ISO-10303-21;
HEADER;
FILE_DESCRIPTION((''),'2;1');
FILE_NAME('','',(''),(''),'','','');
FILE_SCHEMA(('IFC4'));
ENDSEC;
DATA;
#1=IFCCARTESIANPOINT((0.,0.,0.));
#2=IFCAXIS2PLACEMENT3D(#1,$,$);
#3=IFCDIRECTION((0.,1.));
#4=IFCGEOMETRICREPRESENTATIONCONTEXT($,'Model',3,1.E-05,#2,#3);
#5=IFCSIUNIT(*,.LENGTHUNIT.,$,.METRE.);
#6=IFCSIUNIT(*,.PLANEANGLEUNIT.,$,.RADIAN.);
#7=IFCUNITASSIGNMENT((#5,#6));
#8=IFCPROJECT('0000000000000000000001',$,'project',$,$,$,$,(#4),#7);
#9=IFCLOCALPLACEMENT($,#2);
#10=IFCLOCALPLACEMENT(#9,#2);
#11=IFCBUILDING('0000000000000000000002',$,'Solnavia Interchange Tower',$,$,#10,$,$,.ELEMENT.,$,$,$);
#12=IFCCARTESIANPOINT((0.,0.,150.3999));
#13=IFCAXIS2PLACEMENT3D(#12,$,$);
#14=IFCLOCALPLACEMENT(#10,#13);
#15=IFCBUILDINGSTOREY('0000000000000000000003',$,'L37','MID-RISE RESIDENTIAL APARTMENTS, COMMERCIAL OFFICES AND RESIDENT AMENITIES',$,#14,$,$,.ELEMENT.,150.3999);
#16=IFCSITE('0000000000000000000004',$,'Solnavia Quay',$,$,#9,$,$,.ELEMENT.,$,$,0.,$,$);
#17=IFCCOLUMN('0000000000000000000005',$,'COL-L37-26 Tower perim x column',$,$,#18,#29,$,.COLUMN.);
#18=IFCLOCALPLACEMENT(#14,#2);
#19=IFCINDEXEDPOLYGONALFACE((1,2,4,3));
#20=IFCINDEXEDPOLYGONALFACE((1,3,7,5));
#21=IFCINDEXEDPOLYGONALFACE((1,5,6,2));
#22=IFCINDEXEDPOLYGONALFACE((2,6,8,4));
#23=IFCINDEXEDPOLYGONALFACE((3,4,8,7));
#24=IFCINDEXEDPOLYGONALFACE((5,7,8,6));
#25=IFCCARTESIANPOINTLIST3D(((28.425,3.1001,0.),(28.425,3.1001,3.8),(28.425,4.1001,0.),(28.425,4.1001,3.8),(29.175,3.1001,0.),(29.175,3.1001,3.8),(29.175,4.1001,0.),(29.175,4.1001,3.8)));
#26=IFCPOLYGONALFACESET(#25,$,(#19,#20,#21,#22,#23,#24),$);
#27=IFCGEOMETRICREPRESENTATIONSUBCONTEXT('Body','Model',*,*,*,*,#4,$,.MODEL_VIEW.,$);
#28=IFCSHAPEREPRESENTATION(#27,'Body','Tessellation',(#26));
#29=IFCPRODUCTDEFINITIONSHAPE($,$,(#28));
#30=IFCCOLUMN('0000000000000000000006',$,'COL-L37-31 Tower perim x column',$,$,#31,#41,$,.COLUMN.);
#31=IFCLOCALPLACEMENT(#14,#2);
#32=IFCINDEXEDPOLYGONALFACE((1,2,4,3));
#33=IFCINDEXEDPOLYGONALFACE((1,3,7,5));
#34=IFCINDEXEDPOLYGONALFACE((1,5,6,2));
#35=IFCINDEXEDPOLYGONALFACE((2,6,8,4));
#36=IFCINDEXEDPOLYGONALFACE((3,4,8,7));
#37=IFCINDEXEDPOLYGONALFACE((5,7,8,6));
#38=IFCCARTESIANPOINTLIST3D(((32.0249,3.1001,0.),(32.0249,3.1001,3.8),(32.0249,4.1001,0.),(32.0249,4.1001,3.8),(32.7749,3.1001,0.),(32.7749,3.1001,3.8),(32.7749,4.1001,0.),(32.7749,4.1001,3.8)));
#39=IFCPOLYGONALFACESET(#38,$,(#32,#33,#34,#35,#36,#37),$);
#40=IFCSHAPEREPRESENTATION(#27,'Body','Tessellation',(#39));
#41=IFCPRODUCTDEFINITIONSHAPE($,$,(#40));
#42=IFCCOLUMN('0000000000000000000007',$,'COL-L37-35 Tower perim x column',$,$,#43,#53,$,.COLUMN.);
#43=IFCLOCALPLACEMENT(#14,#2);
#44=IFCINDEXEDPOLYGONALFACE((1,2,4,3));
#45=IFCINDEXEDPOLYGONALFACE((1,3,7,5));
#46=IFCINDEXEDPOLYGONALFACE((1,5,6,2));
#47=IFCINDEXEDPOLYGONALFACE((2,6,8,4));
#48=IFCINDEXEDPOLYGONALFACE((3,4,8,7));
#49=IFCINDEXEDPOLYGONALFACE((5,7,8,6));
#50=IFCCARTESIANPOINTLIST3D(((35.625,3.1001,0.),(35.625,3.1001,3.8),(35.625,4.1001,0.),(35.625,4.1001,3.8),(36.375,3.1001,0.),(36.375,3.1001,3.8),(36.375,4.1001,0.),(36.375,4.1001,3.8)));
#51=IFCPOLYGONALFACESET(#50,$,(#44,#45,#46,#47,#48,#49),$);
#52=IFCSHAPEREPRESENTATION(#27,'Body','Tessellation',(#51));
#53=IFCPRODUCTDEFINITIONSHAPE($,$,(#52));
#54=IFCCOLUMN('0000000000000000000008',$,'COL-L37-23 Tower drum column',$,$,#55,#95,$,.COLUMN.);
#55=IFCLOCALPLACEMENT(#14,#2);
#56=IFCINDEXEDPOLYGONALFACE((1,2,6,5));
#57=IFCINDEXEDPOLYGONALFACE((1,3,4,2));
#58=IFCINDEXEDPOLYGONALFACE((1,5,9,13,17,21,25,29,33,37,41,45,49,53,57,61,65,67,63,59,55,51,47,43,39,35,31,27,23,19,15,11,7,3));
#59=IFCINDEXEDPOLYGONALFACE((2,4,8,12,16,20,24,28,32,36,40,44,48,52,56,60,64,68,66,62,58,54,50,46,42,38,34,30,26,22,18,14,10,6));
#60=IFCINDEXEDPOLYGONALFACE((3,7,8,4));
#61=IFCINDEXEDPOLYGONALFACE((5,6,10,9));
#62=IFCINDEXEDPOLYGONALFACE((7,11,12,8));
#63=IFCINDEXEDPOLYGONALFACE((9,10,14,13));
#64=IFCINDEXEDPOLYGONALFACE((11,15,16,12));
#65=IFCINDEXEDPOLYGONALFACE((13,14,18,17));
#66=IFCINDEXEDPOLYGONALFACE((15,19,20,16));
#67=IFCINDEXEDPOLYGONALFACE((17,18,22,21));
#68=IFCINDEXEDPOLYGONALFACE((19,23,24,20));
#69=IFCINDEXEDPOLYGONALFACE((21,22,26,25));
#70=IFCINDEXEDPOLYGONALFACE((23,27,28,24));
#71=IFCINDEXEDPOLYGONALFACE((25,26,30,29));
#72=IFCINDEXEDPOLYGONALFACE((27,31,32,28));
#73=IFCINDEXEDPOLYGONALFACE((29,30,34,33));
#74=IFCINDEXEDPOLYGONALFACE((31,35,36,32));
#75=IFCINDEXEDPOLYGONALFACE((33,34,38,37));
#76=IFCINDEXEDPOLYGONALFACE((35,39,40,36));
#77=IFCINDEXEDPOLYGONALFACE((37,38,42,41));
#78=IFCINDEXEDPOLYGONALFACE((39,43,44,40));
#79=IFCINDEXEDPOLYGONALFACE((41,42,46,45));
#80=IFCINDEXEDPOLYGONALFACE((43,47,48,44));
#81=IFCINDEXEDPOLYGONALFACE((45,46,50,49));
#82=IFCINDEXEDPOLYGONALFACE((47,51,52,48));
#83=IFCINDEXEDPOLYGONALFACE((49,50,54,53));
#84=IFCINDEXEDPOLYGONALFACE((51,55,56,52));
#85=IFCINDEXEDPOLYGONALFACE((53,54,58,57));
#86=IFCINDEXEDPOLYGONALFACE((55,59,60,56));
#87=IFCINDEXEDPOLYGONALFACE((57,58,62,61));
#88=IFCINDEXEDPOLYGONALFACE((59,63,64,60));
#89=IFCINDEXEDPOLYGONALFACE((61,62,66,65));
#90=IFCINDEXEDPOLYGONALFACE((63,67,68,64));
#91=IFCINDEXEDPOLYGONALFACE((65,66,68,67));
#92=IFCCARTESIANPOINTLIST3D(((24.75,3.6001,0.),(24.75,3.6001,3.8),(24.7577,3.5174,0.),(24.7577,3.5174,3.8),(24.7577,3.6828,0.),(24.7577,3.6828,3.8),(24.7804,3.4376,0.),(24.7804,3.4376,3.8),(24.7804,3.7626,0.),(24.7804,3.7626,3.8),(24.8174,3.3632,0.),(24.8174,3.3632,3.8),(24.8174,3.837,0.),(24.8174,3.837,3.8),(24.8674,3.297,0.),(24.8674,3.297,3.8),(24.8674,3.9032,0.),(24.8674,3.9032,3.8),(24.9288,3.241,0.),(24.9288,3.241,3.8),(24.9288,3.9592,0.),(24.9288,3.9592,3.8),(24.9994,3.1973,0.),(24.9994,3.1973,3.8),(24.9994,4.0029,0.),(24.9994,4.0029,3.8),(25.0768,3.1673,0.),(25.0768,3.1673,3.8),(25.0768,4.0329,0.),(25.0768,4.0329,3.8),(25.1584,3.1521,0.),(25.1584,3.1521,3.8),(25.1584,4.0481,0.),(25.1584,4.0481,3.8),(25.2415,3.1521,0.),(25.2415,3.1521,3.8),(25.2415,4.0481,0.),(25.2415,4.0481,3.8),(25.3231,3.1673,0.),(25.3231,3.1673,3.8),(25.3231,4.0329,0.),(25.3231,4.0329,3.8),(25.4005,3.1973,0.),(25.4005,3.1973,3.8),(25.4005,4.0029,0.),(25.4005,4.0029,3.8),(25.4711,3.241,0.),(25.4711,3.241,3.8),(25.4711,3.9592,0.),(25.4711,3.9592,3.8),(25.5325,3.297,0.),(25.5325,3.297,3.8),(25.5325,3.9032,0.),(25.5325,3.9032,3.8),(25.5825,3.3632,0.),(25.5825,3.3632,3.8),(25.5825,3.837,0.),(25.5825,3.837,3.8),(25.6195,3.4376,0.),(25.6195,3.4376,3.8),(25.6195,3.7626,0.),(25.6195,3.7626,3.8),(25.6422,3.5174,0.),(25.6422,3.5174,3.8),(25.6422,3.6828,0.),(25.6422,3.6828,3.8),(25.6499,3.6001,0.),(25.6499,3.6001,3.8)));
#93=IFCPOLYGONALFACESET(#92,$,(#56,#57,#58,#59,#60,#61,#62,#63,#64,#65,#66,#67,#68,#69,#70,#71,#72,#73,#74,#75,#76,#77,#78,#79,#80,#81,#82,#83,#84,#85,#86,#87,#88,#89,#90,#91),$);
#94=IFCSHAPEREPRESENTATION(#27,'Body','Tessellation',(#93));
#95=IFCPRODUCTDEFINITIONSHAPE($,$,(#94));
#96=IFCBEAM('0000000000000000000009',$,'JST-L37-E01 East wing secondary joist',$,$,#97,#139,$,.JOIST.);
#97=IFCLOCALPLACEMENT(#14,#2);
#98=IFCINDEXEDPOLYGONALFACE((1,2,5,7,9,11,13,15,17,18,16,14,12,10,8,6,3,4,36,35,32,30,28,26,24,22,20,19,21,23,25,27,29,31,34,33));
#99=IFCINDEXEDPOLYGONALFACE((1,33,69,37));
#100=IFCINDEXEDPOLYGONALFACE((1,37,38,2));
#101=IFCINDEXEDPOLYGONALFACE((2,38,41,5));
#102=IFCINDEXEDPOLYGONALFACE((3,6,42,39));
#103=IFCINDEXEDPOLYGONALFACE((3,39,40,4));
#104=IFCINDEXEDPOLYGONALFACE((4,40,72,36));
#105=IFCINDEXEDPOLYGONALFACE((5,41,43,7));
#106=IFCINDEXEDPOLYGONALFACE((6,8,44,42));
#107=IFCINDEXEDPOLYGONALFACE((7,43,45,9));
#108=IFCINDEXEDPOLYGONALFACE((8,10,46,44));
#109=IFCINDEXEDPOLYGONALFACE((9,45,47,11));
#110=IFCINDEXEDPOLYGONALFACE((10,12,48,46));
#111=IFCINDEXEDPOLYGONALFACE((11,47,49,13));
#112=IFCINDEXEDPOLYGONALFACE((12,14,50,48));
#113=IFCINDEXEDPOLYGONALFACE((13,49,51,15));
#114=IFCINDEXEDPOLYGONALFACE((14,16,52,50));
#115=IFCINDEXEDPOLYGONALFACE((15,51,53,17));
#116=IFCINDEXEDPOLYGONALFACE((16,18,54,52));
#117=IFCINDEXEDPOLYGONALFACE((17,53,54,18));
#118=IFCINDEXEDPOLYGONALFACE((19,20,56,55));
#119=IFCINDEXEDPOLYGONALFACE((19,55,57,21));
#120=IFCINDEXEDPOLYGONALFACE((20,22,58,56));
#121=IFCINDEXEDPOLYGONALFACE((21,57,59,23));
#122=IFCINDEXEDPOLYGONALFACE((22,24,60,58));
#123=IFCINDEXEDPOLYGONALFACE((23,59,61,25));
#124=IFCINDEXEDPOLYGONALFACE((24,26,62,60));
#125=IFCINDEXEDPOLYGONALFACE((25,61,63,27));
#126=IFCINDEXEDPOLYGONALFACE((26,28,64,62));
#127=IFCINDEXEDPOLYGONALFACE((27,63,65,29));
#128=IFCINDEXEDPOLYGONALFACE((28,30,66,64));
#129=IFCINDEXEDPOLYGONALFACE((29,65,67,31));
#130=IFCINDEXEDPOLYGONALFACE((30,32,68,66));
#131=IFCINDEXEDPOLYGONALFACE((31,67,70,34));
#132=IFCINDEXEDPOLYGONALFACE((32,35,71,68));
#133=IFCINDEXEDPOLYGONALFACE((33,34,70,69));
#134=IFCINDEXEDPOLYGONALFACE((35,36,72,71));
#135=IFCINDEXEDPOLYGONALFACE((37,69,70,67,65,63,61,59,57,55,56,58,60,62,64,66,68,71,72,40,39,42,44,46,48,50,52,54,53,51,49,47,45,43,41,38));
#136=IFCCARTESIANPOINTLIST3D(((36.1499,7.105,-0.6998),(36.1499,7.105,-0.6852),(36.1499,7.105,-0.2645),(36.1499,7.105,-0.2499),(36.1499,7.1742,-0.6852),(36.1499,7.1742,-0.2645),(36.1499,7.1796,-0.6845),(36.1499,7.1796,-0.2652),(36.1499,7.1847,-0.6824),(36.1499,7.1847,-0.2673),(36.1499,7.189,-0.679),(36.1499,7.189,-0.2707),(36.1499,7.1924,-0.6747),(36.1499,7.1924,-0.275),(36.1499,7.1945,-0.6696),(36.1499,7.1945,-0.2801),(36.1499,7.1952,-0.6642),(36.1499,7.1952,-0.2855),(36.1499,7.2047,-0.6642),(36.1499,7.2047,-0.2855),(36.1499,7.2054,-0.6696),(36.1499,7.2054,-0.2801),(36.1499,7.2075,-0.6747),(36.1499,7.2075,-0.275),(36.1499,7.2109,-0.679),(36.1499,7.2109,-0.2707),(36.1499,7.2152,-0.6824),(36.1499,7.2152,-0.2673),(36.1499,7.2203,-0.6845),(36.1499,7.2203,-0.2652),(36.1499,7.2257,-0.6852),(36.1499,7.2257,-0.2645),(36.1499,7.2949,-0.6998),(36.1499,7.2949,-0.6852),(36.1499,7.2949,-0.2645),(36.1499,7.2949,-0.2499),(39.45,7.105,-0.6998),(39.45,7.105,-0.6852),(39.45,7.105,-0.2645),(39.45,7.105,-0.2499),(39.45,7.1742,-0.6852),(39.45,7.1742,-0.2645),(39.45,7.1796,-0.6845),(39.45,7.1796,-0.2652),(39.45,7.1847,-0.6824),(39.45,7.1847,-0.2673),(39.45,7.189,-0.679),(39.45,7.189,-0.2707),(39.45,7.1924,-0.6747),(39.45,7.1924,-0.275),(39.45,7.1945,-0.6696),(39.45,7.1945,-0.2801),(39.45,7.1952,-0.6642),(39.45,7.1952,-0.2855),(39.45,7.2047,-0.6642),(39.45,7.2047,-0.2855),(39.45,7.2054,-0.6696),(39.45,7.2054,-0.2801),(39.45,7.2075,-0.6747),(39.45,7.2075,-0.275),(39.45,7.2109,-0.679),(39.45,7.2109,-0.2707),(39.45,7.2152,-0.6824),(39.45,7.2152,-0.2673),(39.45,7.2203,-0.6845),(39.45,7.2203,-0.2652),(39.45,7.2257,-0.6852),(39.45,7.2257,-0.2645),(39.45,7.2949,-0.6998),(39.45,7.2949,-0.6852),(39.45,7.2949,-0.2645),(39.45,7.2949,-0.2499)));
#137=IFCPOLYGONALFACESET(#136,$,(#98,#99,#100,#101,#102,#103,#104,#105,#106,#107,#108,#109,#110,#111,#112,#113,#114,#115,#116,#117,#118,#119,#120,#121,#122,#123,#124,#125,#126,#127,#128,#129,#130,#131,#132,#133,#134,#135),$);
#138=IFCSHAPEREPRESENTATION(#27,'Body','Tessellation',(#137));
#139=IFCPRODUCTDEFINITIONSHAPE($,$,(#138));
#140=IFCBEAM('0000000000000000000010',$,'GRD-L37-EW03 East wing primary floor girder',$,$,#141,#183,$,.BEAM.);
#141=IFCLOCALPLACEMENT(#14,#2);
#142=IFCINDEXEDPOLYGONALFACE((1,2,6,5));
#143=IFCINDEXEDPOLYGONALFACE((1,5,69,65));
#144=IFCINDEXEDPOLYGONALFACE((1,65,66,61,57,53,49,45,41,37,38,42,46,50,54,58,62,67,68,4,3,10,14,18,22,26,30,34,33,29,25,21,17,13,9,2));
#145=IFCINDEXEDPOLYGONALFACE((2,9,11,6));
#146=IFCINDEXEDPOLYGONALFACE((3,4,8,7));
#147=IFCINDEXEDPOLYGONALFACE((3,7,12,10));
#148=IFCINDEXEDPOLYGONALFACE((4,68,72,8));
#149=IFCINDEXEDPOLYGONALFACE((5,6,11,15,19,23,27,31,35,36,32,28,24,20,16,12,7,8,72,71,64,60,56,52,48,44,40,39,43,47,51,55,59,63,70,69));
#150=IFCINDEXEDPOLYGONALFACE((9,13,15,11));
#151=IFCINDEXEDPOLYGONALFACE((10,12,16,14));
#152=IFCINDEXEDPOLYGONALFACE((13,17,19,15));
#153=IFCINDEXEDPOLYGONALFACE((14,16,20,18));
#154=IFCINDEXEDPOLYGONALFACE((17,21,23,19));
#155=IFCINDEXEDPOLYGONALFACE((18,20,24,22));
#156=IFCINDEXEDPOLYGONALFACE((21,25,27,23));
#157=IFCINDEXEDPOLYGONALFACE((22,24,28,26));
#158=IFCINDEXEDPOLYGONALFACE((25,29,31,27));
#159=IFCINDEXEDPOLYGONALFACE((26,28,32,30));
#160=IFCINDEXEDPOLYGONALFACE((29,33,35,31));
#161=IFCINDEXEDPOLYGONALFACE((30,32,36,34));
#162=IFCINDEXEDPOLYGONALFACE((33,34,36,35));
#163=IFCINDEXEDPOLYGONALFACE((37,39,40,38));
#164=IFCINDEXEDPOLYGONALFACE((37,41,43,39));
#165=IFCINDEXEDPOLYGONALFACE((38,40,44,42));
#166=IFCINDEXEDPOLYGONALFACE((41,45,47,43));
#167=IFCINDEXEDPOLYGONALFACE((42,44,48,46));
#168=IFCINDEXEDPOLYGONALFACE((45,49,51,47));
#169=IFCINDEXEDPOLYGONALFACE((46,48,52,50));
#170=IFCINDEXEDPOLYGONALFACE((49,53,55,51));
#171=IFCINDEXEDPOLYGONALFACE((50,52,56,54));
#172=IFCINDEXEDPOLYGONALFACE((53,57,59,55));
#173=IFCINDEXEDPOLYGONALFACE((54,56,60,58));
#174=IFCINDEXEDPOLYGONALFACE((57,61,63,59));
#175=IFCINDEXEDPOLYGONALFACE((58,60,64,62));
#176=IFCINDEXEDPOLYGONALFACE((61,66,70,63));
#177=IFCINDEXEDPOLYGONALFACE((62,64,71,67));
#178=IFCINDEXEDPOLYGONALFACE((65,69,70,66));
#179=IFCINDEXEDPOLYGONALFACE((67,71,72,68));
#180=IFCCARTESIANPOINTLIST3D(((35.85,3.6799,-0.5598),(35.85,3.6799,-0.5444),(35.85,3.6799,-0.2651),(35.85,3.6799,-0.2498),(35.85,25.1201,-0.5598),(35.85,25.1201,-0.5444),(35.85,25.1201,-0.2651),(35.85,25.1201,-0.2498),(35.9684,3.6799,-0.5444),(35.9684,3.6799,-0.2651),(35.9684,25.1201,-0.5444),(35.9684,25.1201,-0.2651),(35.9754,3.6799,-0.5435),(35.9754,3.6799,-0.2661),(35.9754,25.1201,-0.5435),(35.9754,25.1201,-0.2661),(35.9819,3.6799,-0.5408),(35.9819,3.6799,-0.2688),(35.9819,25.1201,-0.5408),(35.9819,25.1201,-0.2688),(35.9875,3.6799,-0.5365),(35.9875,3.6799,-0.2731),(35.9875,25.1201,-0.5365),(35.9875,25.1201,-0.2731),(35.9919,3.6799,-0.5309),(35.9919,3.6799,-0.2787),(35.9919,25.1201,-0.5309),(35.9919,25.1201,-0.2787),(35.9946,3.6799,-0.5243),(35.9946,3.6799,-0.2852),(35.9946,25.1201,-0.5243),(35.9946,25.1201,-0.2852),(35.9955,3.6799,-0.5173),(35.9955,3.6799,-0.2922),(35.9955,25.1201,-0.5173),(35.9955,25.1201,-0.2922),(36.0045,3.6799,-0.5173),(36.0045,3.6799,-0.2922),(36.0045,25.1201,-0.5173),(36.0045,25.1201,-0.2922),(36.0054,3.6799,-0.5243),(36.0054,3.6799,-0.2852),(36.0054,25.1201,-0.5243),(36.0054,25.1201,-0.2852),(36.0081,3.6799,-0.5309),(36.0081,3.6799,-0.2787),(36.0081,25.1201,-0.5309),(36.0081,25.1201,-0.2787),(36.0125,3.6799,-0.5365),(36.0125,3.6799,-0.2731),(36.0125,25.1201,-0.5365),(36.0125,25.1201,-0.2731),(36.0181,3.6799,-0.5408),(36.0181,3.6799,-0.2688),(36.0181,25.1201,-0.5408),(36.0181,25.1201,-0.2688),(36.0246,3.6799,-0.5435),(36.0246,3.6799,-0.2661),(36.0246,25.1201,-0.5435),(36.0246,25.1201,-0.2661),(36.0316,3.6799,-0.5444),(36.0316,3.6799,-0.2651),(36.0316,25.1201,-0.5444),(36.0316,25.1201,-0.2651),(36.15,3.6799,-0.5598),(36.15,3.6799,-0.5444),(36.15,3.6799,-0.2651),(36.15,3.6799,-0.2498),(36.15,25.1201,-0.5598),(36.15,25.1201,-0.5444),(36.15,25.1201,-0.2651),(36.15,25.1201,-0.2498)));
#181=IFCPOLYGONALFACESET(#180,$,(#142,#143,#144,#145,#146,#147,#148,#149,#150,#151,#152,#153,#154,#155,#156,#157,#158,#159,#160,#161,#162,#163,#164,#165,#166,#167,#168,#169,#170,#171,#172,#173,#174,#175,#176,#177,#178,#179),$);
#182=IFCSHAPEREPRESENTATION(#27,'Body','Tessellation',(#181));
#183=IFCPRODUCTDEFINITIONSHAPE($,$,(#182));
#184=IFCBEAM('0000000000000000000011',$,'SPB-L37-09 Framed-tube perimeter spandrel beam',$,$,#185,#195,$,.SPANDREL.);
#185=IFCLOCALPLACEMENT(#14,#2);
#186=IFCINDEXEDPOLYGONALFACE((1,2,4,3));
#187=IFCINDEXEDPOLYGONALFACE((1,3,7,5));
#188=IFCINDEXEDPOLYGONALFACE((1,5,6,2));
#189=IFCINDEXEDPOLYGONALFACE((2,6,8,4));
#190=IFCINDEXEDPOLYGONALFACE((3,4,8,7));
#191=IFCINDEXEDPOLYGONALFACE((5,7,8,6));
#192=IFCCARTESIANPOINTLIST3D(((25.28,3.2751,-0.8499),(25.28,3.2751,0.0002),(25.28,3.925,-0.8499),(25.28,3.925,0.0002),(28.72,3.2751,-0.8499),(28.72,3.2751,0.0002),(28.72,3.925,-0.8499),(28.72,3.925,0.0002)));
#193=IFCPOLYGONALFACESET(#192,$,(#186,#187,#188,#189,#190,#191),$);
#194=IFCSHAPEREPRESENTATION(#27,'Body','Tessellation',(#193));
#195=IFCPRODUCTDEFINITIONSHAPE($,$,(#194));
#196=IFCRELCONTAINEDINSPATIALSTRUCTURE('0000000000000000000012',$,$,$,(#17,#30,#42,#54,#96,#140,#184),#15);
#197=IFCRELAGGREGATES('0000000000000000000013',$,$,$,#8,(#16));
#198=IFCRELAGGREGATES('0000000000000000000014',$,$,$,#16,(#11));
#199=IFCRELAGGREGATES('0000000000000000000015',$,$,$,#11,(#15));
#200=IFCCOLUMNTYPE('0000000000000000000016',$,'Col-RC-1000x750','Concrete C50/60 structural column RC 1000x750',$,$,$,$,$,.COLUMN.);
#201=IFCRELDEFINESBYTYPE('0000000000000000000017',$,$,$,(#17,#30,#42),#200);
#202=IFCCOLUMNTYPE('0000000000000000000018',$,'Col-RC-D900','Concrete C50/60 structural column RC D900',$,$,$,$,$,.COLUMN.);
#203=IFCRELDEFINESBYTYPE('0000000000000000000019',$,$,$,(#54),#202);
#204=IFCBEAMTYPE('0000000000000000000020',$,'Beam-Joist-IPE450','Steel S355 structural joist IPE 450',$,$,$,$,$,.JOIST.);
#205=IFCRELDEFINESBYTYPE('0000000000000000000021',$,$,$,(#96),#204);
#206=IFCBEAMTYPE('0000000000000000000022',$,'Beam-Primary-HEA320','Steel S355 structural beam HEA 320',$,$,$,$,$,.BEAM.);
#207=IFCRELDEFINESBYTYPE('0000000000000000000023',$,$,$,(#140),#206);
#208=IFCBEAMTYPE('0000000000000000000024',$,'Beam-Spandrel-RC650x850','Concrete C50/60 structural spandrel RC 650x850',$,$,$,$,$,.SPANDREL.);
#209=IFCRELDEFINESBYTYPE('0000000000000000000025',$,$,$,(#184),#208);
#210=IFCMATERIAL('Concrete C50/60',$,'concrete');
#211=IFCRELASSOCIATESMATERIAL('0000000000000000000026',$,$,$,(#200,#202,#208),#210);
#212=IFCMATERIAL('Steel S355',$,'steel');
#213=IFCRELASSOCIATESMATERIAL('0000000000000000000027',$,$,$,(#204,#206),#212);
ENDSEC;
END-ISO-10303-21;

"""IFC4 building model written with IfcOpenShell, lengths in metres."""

from ifc_helpers import new_model, si_unit, direction, frame, origin, origin_2d, place, context, subcontext, project, spatial, rectangle, circle, i_section, extrude, material, material_profile, profile_set, type_object, element, save


model = new_model("IFC4")

# Units and contexts
model_context = context("Model", 3, precision=1e-05, world=origin(), true_north=direction((0.0, 1.0)))
body_context = subcontext(model_context, "Body", "Model", "MODEL_VIEW")
ifc_project = project(units=[si_unit("LENGTHUNIT", "METRE"), si_unit("PLANEANGLEUNIT", "RADIAN")], contexts=[model_context])

# Site, building, storey
site_placement = place(None, origin())
site = spatial("IfcSite", under=ifc_project, at=site_placement, Name="Solnavia Quay", CompositionType="ELEMENT", RefElevation=0.0)
building_placement = place(site_placement, origin())
building = spatial("IfcBuilding", under=site, at=building_placement, Name="Solnavia Interchange Tower", CompositionType="ELEMENT")
storey_placement = place(building_placement, frame((0.0, 0.0, 150.3999)))
storey = spatial("IfcBuildingStorey", under=building, at=storey_placement, Name="L37", Description="MID-RISE RESIDENTIAL APARTMENTS, COMMERCIAL OFFICES AND RESIDENT AMENITIES", CompositionType="ELEMENT", Elevation=150.3999)

# Columns
ifc_material_1 = material(Name="Concrete C50/60", Category="concrete")
ifc_material_profile_1 = material_profile(ifc_material_1, rectangle(XDim=0.75, YDim=1.0, at=origin_2d()), Name="RC 1000x750")
ifc_profile_set_1 = profile_set([ifc_material_profile_1], Name="Concrete C50/60")
column_type_1 = type_object("IfcColumnType", Name="Col-RC-1000x750", Description="Concrete C50/60 structural column RC 1000x750", PredefinedType="COLUMN", material=ifc_profile_set_1)
for number, where, z_axis, x_axis, name in (
    (1, (28.8, 3.6001, 0.0), (0.0, 0.0, 1.0), (1.0, 0.0, 0.0), "COL-L37-26 Tower perim x column"),
    (2, (32.3999, 3.6001, 0.0), (0.0, 0.0, 1.0), (1.0, 0.0, 0.0), "COL-L37-31 Tower perim x column"),
    (3, (36.0, 3.6001, 0.0), (0.0, 0.0, 1.0), (1.0, 0.0, 0.0), "COL-L37-35 Tower perim x column"),
):
    element("IfcColumn", number, at=place(storey_placement, frame(where, z_axis=z_axis, x_axis=x_axis)), inside=storey, type_object=column_type_1, Name=name, PredefinedType="COLUMN", context=body_context, shape_type="SweptSolid", body=[
        extrude(rectangle(XDim=0.75, YDim=1.0, at=origin_2d()), origin(), (0.0, 0.0, 1.0), 3.8),
    ])
ifc_material_profile_2 = material_profile(ifc_material_1, circle(Radius=0.45, at=origin_2d()), Name="RC D900")
ifc_profile_set_2 = profile_set([ifc_material_profile_2], Name="Concrete C50/60")
column_type_2 = type_object("IfcColumnType", Name="Col-RC-D900", Description="Concrete C50/60 structural column RC D900", PredefinedType="COLUMN", material=ifc_profile_set_2)
column_placement = place(storey_placement, frame((25.2, 3.6001, 0.0), z_axis=(0.0, 0.0, 1.0), x_axis=(1.0, 0.0, 0.0)))
element("IfcColumn", 4, at=column_placement, inside=storey, type_object=column_type_2, Name="COL-L37-23 Tower drum column", PredefinedType="COLUMN", context=body_context, shape_type="SweptSolid", body=[
    extrude(circle(Radius=0.45, at=origin_2d()), origin(), (0.0, 0.0, 1.0), 3.8),
])

# Beams
ifc_material_2 = material(Name="Steel S355", Category="steel")
ifc_material_profile_3 = material_profile(ifc_material_2, i_section(OverallWidth=0.1899, OverallDepth=0.45, WebThickness=0.0095, FlangeThickness=0.0146, FilletRadius=0.021, at=origin_2d()), Name="IPE 450")
ifc_profile_set_3 = profile_set([ifc_material_profile_3], Name="Steel S355")
beam_type_1 = type_object("IfcBeamType", Name="Beam-Joist-IPE450", Description="Steel S355 structural joist IPE 450", PredefinedType="JOIST", material=ifc_profile_set_3)
beam_1_placement = place(storey_placement, frame((36.1499, 7.2, -0.4749), z_axis=(1.0, 0.0, 0.0), x_axis=(0.0, 1.0, 0.0)))
element("IfcBeam", 5, at=beam_1_placement, inside=storey, type_object=beam_type_1, Name="JST-L37-E01 East wing secondary joist", PredefinedType="JOIST", context=body_context, shape_type="SweptSolid", body=[
    extrude(i_section(OverallWidth=0.1899, OverallDepth=0.45, WebThickness=0.0095, FlangeThickness=0.0146, FilletRadius=0.021, at=origin_2d()), origin(), (0.0, 0.0, 1.0), 3.3),
])
ifc_material_profile_4 = material_profile(ifc_material_2, i_section(OverallWidth=0.3, OverallDepth=0.3101, WebThickness=0.009, FlangeThickness=0.0154, FilletRadius=0.0271, at=origin_2d()), Name="HEA 320")
ifc_profile_set_4 = profile_set([ifc_material_profile_4], Name="Steel S355")
beam_type_2 = type_object("IfcBeamType", Name="Beam-Primary-HEA320", Description="Steel S355 structural beam HEA 320", PredefinedType="BEAM", material=ifc_profile_set_4)
beam_2_placement = place(storey_placement, frame((36.0, 3.6799, -0.4048), z_axis=(0.0, 1.0, 0.0), x_axis=(-1.0, 0.0, 0.0)))
element("IfcBeam", 6, at=beam_2_placement, inside=storey, type_object=beam_type_2, Name="GRD-L37-EW03 East wing primary floor girder", PredefinedType="BEAM", context=body_context, shape_type="SweptSolid", body=[
    extrude(i_section(OverallWidth=0.3, OverallDepth=0.3101, WebThickness=0.009, FlangeThickness=0.0154, FilletRadius=0.0271, at=origin_2d()), origin(), (0.0, 0.0, 1.0), 21.4402),
])
ifc_material_profile_5 = material_profile(ifc_material_1, rectangle(XDim=0.6499, YDim=0.8501, at=origin_2d()), Name="RC 650x850")
ifc_profile_set_5 = profile_set([ifc_material_profile_5], Name="Concrete C50/60")
beam_type_3 = type_object("IfcBeamType", Name="Beam-Spandrel-RC650x850", Description="Concrete C50/60 structural spandrel RC 650x850", PredefinedType="SPANDREL", material=ifc_profile_set_5)
beam_3_placement = place(storey_placement, frame((25.28, 3.6001, -0.4248), z_axis=(1.0, 0.0, 0.0), x_axis=(0.0, 1.0, 0.0)))
element("IfcBeam", 7, at=beam_3_placement, inside=storey, type_object=beam_type_3, Name="SPB-L37-09 Framed-tube perimeter spandrel beam", PredefinedType="SPANDREL", context=body_context, shape_type="SweptSolid", body=[
    extrude(rectangle(XDim=0.6499, YDim=0.8501, at=origin_2d()), origin(), (0.0, 0.0, 1.0), 3.4399),
])

save(model, "model.ifc")
